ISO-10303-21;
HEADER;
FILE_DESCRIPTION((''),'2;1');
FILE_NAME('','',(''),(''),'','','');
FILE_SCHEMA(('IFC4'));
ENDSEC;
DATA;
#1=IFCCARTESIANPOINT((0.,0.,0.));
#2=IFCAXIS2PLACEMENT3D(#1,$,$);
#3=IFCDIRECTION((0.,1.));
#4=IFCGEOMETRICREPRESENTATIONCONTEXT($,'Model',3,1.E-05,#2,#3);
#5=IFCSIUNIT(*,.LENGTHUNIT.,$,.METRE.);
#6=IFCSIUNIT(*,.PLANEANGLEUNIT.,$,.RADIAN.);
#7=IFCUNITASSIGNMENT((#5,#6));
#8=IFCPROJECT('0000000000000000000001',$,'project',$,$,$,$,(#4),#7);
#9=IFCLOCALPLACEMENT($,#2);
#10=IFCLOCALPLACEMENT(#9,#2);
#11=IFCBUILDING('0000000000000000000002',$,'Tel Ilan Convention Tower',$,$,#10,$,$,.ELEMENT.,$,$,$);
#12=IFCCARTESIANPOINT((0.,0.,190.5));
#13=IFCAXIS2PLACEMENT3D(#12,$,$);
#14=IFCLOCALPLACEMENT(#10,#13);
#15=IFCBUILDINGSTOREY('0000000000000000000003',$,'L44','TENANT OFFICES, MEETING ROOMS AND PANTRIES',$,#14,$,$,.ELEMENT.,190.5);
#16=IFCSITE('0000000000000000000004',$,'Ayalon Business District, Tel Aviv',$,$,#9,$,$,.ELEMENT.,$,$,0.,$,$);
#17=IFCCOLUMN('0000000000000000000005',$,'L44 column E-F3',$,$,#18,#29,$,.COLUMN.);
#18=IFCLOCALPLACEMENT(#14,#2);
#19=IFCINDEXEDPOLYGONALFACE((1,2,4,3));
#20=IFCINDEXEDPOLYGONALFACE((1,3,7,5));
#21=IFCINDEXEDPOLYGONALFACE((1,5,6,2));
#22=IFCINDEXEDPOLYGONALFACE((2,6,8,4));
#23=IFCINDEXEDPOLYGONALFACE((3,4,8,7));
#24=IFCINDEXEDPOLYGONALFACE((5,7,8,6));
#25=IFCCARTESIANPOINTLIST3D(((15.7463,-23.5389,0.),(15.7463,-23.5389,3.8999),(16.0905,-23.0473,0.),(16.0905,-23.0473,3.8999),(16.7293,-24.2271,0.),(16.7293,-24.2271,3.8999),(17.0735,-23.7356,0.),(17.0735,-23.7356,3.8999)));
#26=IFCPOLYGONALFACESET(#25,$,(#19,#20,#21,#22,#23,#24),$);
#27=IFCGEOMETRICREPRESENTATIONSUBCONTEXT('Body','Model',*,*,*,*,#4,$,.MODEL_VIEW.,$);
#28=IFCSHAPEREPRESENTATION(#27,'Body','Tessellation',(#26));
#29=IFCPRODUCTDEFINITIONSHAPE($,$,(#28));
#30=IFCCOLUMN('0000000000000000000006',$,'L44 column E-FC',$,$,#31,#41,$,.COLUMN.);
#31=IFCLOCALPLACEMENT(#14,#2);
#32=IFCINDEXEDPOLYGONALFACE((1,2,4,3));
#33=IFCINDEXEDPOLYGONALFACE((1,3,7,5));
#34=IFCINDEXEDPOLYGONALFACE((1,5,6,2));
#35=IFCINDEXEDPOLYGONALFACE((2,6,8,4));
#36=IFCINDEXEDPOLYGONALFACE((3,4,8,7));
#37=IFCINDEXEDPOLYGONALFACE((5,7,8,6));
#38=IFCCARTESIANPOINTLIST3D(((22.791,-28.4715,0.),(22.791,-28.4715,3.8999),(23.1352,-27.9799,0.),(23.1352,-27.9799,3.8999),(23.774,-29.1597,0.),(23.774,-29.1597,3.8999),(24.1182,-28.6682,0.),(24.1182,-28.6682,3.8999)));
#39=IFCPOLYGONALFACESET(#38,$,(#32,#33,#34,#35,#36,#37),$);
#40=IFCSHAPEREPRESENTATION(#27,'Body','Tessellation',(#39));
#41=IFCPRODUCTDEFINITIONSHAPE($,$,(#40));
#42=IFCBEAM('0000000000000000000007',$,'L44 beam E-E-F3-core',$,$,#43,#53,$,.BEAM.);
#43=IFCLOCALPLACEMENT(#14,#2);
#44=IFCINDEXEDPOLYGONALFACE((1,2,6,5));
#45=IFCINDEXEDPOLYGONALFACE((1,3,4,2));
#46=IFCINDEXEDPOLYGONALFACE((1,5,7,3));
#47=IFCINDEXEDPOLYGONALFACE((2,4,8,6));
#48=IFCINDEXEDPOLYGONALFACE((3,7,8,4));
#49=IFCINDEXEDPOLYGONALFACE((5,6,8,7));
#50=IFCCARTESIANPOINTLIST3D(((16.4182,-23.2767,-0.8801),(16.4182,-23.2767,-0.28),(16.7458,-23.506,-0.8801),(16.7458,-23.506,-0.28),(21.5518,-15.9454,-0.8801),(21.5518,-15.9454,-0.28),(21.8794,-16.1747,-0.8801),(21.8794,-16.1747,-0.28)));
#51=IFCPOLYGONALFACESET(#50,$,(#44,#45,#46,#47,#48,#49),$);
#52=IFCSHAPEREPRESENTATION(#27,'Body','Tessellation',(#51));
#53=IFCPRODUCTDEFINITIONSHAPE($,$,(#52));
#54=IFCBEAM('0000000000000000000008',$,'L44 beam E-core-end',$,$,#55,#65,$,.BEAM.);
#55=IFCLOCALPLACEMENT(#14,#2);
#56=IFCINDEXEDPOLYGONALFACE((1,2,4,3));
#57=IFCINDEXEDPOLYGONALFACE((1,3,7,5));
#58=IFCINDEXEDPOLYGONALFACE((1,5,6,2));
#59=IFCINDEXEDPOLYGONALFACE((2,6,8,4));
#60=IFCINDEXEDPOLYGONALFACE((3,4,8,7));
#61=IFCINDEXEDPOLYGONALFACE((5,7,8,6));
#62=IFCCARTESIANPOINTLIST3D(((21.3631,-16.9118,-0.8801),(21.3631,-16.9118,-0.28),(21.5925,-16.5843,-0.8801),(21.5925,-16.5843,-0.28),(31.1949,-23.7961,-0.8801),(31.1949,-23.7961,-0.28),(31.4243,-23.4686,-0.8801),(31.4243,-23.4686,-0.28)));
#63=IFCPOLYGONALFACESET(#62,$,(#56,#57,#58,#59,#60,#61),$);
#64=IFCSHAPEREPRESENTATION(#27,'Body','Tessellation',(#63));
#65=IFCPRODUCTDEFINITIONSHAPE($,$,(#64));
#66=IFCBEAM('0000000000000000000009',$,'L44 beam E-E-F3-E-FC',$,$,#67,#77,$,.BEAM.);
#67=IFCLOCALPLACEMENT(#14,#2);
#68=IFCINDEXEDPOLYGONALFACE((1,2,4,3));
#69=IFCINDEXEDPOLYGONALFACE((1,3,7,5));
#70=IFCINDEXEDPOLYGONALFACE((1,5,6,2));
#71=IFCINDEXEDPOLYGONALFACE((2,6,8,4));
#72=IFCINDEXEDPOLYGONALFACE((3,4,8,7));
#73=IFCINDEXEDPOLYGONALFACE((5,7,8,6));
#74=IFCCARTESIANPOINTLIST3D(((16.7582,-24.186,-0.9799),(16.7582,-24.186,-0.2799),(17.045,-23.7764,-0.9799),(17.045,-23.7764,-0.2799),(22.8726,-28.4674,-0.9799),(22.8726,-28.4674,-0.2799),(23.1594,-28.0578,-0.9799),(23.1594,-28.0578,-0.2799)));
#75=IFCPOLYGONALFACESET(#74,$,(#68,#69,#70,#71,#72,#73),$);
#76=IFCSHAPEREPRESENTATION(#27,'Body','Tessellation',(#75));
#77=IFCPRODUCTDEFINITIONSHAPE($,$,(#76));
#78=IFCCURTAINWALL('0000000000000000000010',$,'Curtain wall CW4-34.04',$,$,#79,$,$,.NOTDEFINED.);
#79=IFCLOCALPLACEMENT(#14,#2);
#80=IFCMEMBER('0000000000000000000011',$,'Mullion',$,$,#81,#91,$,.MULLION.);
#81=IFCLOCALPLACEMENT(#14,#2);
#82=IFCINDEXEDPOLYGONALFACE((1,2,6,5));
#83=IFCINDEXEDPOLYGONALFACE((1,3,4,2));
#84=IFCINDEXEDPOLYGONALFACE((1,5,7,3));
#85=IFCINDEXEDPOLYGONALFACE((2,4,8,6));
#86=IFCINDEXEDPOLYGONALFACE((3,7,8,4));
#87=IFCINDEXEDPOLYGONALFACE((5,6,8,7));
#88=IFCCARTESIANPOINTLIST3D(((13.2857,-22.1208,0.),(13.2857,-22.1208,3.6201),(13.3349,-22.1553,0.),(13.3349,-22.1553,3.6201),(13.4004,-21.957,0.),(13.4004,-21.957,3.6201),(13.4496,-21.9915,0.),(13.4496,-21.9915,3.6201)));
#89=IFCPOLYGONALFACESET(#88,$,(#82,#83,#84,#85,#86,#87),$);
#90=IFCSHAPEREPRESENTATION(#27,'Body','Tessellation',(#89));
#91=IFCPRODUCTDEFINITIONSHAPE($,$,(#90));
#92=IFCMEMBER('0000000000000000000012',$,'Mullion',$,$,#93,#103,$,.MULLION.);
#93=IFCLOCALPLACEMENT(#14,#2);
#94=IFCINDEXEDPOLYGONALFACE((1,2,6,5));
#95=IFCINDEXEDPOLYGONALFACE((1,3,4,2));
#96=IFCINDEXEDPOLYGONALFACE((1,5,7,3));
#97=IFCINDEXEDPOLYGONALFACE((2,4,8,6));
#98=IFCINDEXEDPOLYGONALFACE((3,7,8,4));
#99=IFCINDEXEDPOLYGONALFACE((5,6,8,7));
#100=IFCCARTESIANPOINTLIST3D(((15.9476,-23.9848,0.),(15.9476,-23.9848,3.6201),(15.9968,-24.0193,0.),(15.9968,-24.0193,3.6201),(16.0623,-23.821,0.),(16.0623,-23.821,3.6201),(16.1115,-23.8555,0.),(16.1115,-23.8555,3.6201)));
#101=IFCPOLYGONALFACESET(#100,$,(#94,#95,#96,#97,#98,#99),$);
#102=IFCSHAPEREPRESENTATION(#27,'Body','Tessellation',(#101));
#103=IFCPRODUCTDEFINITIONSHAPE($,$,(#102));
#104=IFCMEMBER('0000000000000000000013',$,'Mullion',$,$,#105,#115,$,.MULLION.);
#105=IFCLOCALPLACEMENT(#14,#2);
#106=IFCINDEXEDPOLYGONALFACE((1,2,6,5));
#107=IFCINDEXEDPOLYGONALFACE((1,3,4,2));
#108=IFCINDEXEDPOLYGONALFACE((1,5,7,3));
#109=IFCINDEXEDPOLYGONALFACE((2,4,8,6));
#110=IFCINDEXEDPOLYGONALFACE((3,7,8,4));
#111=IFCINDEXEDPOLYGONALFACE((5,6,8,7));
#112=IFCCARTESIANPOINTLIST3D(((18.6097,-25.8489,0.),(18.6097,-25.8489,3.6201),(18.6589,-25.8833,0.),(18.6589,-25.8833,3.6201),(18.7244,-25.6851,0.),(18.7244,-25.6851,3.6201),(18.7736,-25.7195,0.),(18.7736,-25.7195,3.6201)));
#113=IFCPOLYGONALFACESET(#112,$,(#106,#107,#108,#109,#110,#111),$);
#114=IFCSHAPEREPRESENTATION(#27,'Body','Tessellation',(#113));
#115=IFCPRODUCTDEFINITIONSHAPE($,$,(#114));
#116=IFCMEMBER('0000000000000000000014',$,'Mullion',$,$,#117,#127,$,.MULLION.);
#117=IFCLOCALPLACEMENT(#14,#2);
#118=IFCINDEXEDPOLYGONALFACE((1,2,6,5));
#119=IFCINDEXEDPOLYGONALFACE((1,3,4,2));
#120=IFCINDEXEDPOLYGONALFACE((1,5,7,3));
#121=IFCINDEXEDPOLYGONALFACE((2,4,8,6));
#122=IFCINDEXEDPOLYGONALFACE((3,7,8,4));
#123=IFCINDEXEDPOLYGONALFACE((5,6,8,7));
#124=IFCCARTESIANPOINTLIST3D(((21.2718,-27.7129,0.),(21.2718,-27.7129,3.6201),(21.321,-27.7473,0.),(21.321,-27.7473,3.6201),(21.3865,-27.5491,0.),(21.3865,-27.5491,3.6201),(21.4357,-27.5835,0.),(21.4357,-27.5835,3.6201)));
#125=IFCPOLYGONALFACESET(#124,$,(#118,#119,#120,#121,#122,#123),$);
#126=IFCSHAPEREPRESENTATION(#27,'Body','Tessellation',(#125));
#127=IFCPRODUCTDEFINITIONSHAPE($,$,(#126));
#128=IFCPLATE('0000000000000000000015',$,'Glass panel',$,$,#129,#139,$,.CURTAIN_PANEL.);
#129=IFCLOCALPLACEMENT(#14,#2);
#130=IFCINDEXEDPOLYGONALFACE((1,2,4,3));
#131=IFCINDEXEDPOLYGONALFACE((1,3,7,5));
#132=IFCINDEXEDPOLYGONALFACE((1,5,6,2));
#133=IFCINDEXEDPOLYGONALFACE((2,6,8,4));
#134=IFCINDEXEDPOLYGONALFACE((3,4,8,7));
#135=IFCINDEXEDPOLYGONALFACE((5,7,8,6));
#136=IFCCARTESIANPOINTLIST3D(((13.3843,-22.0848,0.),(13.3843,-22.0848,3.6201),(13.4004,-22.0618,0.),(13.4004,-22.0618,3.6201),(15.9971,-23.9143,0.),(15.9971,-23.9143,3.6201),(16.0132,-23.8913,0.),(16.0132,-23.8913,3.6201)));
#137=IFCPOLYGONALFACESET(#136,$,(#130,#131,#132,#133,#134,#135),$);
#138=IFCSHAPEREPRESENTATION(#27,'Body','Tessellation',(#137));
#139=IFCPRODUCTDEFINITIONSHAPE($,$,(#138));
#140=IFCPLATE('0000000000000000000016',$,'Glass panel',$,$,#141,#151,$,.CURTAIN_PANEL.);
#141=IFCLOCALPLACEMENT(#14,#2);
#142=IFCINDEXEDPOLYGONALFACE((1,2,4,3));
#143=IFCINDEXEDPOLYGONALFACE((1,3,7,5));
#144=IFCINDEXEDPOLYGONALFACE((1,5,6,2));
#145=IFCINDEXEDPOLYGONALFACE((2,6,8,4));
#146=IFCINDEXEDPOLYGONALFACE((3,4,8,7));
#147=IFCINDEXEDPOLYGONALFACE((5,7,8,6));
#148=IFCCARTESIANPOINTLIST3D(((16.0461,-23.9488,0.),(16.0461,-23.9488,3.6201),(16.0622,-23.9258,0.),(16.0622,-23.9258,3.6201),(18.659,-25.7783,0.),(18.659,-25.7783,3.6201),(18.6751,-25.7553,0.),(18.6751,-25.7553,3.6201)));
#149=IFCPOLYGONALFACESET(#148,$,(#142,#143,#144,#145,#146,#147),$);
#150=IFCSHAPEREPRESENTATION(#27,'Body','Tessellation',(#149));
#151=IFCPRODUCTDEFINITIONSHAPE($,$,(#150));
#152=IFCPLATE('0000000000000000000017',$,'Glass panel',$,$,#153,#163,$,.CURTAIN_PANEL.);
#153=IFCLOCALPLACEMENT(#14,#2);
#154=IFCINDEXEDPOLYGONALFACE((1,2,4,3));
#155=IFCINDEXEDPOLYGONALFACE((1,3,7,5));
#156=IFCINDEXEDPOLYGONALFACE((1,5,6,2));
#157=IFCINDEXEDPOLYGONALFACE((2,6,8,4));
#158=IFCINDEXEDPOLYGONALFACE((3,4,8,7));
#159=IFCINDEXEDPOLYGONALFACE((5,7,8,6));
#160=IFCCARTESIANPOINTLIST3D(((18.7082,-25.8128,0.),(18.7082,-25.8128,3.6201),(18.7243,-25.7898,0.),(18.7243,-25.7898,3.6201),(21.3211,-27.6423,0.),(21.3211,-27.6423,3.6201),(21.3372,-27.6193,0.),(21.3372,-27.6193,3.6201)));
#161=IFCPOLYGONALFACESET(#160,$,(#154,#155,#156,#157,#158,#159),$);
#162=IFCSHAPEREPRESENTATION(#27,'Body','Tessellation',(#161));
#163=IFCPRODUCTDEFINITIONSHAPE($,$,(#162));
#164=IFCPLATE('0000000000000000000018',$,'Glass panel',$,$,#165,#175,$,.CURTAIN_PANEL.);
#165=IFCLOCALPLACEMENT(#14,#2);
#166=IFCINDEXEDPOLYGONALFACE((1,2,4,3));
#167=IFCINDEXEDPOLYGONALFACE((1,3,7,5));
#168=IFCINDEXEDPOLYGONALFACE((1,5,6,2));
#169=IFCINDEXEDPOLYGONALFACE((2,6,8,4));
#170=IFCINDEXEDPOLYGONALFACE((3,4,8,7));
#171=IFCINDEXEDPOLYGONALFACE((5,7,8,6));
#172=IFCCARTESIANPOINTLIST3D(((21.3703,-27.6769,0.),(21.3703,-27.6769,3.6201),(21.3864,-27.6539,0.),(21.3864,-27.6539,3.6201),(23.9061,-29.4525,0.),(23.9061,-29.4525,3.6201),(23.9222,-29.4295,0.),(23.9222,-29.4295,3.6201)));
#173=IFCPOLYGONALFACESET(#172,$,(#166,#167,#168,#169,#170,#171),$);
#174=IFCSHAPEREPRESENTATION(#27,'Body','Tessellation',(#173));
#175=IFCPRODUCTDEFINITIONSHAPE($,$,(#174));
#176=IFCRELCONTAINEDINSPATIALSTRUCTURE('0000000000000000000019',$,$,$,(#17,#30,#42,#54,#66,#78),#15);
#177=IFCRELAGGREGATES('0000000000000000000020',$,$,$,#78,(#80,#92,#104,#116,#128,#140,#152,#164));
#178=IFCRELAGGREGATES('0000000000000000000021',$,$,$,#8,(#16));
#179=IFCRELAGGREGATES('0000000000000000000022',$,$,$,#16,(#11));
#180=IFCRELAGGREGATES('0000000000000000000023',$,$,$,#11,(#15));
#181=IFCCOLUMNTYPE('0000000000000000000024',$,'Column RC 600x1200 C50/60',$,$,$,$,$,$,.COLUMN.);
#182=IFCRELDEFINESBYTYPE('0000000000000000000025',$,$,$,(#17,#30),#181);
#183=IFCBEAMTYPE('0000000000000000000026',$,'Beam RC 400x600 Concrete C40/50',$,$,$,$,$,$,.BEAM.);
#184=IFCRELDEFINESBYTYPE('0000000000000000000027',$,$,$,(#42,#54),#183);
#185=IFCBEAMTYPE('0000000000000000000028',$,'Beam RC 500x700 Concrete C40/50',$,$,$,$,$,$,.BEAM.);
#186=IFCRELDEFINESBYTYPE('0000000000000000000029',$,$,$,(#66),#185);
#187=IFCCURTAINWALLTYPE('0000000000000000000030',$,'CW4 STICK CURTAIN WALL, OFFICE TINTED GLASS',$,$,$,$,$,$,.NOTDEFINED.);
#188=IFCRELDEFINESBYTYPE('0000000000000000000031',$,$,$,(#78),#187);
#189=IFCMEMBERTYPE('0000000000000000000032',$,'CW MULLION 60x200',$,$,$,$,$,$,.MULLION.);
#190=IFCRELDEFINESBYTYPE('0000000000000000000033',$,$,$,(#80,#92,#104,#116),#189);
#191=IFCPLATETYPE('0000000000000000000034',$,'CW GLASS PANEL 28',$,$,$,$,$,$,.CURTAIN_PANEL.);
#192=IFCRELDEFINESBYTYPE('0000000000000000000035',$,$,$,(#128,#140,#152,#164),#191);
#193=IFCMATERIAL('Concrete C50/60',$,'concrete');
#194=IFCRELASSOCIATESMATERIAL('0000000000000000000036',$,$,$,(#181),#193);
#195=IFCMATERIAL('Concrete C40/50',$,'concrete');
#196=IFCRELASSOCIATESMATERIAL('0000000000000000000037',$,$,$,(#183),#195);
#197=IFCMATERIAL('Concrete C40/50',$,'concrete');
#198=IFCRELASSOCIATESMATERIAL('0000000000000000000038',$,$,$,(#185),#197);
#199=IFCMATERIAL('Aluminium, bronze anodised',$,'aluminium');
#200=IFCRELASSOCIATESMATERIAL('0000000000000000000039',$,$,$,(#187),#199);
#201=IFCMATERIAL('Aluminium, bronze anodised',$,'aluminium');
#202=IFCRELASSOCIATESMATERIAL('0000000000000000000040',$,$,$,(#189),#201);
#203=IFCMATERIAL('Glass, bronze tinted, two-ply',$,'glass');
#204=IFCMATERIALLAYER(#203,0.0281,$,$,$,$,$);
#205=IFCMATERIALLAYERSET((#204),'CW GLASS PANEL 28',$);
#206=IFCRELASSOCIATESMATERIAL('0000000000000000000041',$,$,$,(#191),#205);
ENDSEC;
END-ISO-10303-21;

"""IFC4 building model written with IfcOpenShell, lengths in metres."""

from ifc_helpers import new_model, si_unit, direction, frame, origin, origin_2d, place, context, subcontext, project, spatial, rectangle, extrude, material, layer, layer_set, material_profile, profile_set, type_object, element, aggregate, save


model = new_model("IFC4")

# Units and contexts
model_context = context("Model", 3, precision=1e-05, world=origin(), true_north=direction((0.0, 1.0)))
body_context = subcontext(model_context, "Body", "Model", "MODEL_VIEW")
ifc_project = project(units=[si_unit("LENGTHUNIT", "METRE"), si_unit("PLANEANGLEUNIT", "RADIAN")], contexts=[model_context])

# Site, building, storey
site_placement = place(None, origin())
site = spatial("IfcSite", under=ifc_project, at=site_placement, Name="Ayalon Business District, Tel Aviv", CompositionType="ELEMENT", RefElevation=0.0)
building_placement = place(site_placement, origin())
building = spatial("IfcBuilding", under=site, at=building_placement, Name="Tel Ilan Convention Tower", CompositionType="ELEMENT")
storey_placement = place(building_placement, frame((0.0, 0.0, 190.5)))
storey = spatial("IfcBuildingStorey", under=building, at=storey_placement, Name="L44", Description="TENANT OFFICES, MEETING ROOMS AND PANTRIES", CompositionType="ELEMENT", Elevation=190.5)

# Columns
ifc_material_1 = material(Name="Concrete C50/60", Category="concrete")
ifc_material_profile_1 = material_profile(ifc_material_1, rectangle(XDim=1.2, YDim=0.6001, at=origin_2d()), Name="RC 600x1200")
ifc_profile_set_1 = profile_set([ifc_material_profile_1], Name="Concrete C50/60")
column_type = type_object("IfcColumnType", Name="Column RC 600x1200 C50/60", PredefinedType="COLUMN", material=ifc_profile_set_1)
for number, where, z_axis, x_axis, name in (
    (1, (16.4099, -23.6372, 0.0), (0.0, 0.0, 1.0), (0.819152, -0.573576, 0.0), "L44 column E-F3"),
    (2, (23.4546, -28.5698, 0.0), (0.0, 0.0, 1.0), (0.819152, -0.573576, 0.0), "L44 column E-FC"),
):
    element("IfcColumn", number, at=place(storey_placement, frame(where, z_axis=z_axis, x_axis=x_axis)), inside=storey, type_object=column_type, Name=name, PredefinedType="COLUMN", context=body_context, shape_type="SweptSolid", body=[
        extrude(rectangle(XDim=1.2, YDim=0.6001, at=origin_2d()), origin(), (0.0, 0.0, 1.0), 3.8999),
    ])

# Beams
ifc_material_2 = material(Name="Concrete C40/50", Category="concrete")
ifc_material_profile_2 = material_profile(ifc_material_2, rectangle(XDim=0.3999, YDim=0.6001, at=origin_2d()), Name="RC 400x600")
ifc_profile_set_2 = profile_set([ifc_material_profile_2], Name="Concrete C40/50")
beam_type_1 = type_object("IfcBeamType", Name="Beam RC 400x600 Concrete C40/50", PredefinedType="BEAM", material=ifc_profile_set_2)
beam_1_placement = place(storey_placement, frame((16.582, -23.3914, -0.5801), z_axis=(0.573585, 0.819146, 0.0), x_axis=(-0.819146, 0.573585, 0.0)))
element("IfcBeam", 3, at=beam_1_placement, inside=storey, type_object=beam_type_1, Name="L44 beam E-E-F3-core", PredefinedType="BEAM", context=body_context, shape_type="SweptSolid", body=[
    extrude(rectangle(XDim=0.3999, YDim=0.6001, at=origin_2d()), origin(), (0.0, 0.0, 1.0), 8.95),
])
beam_2_placement = place(storey_placement, frame((21.4778, -16.748, -0.5801), z_axis=(0.819153, -0.573576, 0.0), x_axis=(0.573576, 0.819153, 0.0)))
element("IfcBeam", 4, at=beam_2_placement, inside=storey, type_object=beam_type_1, Name="L44 beam E-core-end", PredefinedType="BEAM", context=body_context, shape_type="SweptSolid", body=[
    extrude(rectangle(XDim=0.3999, YDim=0.6001, at=origin_2d()), origin(), (0.0, 0.0, 1.0), 12.0024),
])
ifc_material_3 = material(Name="Concrete C40/50", Category="concrete")
ifc_material_profile_3 = material_profile(ifc_material_3, rectangle(XDim=0.5, YDim=0.7, at=origin_2d()), Name="RC 500x700")
ifc_profile_set_3 = profile_set([ifc_material_profile_3], Name="Concrete C40/50")
beam_type_2 = type_object("IfcBeamType", Name="Beam RC 500x700 Concrete C40/50", PredefinedType="BEAM", material=ifc_profile_set_3)
beam_3_placement = place(storey_placement, frame((16.9016, -23.9812, -0.6299), z_axis=(0.819147, -0.573583, 0.0), x_axis=(0.573583, 0.819147, 0.0)))
element("IfcBeam", 5, at=beam_3_placement, inside=storey, type_object=beam_type_2, Name="L44 beam E-E-F3-E-FC", PredefinedType="BEAM", context=body_context, shape_type="SweptSolid", body=[
    extrude(rectangle(XDim=0.5, YDim=0.7, at=origin_2d()), origin(), (0.0, 0.0, 1.0), 7.4644),
])

# Curtain wall, members, plates
ifc_material_4 = material(Name="Aluminium, bronze anodised", Category="aluminium")
curtain_wall_type = type_object("IfcCurtainWallType", Name="CW4 STICK CURTAIN WALL, OFFICE TINTED GLASS", PredefinedType="NOTDEFINED", material=ifc_material_4)
curtain_wall_placement = place(storey_placement, origin())
curtain_wall = element("IfcCurtainWall", 6, at=curtain_wall_placement, inside=storey, type_object=curtain_wall_type, Name="Curtain wall CW4-34.04", PredefinedType="NOTDEFINED")
ifc_material_5 = material(Name="Aluminium, bronze anodised", Category="aluminium")
ifc_material_profile_4 = material_profile(ifc_material_5, rectangle(XDim=0.0601, YDim=0.2, at=origin_2d()), Name="CW MULLION 60x200")
ifc_profile_set_4 = profile_set([ifc_material_profile_4], Name="Aluminium, bronze anodised")
member_type = type_object("IfcMemberType", Name="CW MULLION 60x200", PredefinedType="MULLION", material=ifc_profile_set_4)
member_1_placement = place(storey_placement, frame((13.3677, -22.0562, 0.0), z_axis=(0.0, 0.0, 1.0), x_axis=(0.819152, -0.573576, 0.0)))
member_1 = element("IfcMember", 7, at=member_1_placement, type_object=member_type, Name="Mullion", PredefinedType="MULLION", context=body_context, shape_type="SweptSolid", body=[
    extrude(rectangle(XDim=0.0601, YDim=0.2, at=origin_2d()), origin(), (0.0, 0.0, 1.0), 3.6201),
])
member_2_placement = place(storey_placement, frame((16.0295, -23.9202, 0.0), z_axis=(0.0, 0.0, 1.0), x_axis=(0.819152, -0.573576, 0.0)))
member_2 = element("IfcMember", 8, at=member_2_placement, type_object=member_type, Name="Mullion", PredefinedType="MULLION", context=body_context, shape_type="SweptSolid", body=[
    extrude(rectangle(XDim=0.0601, YDim=0.2, at=origin_2d()), origin(), (0.0, 0.0, 1.0), 3.6201),
])
member_3_placement = place(storey_placement, frame((18.6917, -25.7842, 0.0), z_axis=(0.0, 0.0, 1.0), x_axis=(0.819152, -0.573576, 0.0)))
member_3 = element("IfcMember", 9, at=member_3_placement, type_object=member_type, Name="Mullion", PredefinedType="MULLION", context=body_context, shape_type="SweptSolid", body=[
    extrude(rectangle(XDim=0.0601, YDim=0.2, at=origin_2d()), origin(), (0.0, 0.0, 1.0), 3.6201),
])
member_4_placement = place(storey_placement, frame((21.3538, -27.6482, 0.0), z_axis=(0.0, 0.0, 1.0), x_axis=(0.819152, -0.573576, 0.0)))
member_4 = element("IfcMember", 10, at=member_4_placement, type_object=member_type, Name="Mullion", PredefinedType="MULLION", context=body_context, shape_type="SweptSolid", body=[
    extrude(rectangle(XDim=0.0601, YDim=0.2, at=origin_2d()), origin(), (0.0, 0.0, 1.0), 3.6201),
])
ifc_material_6 = material(Name="Glass, bronze tinted, two-ply", Category="glass")
ifc_layer_1 = layer(ifc_material_6, 0.0281)
ifc_layer_set_1 = layer_set([ifc_layer_1], Name="CW GLASS PANEL 28")
plate_type = type_object("IfcPlateType", Name="CW GLASS PANEL 28", PredefinedType="CURTAIN_PANEL", material=ifc_layer_set_1)
plate_1_placement = place(storey_placement, frame((14.6987, -22.988, 0.0), z_axis=(0.0, 0.0, 1.0), x_axis=(0.819152, -0.573576, 0.0)))
plate_1 = element("IfcPlate", 11, at=plate_1_placement, type_object=plate_type, Name="Glass panel", PredefinedType="CURTAIN_PANEL", context=body_context, shape_type="SweptSolid", body=[
    extrude(rectangle(XDim=3.1897, YDim=0.0281, at=origin_2d()), origin(), (0.0, 0.0, 1.0), 3.6201),
])
plate_2_placement = place(storey_placement, frame((17.3606, -24.8521, 0.0), z_axis=(0.0, 0.0, 1.0), x_axis=(0.819152, -0.573576, 0.0)))
plate_2 = element("IfcPlate", 12, at=plate_2_placement, type_object=plate_type, Name="Glass panel", PredefinedType="CURTAIN_PANEL", context=body_context, shape_type="SweptSolid", body=[
    extrude(rectangle(XDim=3.1897, YDim=0.0281, at=origin_2d()), origin(), (0.0, 0.0, 1.0), 3.6201),
])
plate_3_placement = place(storey_placement, frame((20.0227, -26.7161, 0.0), z_axis=(0.0, 0.0, 1.0), x_axis=(0.819152, -0.573576, 0.0)))
plate_3 = element("IfcPlate", 13, at=plate_3_placement, type_object=plate_type, Name="Glass panel", PredefinedType="CURTAIN_PANEL", context=body_context, shape_type="SweptSolid", body=[
    extrude(rectangle(XDim=3.1897, YDim=0.0281, at=origin_2d()), origin(), (0.0, 0.0, 1.0), 3.6201),
])
plate_4_placement = place(storey_placement, frame((22.6462, -28.5532, 0.0), z_axis=(0.0, 0.0, 1.0), x_axis=(0.819152, -0.573576, 0.0)))
plate_4 = element("IfcPlate", 14, at=plate_4_placement, type_object=plate_type, Name="Glass panel", PredefinedType="CURTAIN_PANEL", context=body_context, shape_type="SweptSolid", body=[
    extrude(rectangle(XDim=3.0957, YDim=0.0281, at=origin_2d()), origin(), (0.0, 0.0, 1.0), 3.6201),
])
aggregate(curtain_wall, [member_1, member_2, member_3, member_4, plate_1, plate_2, plate_3, plate_4])

save(model, "model.ifc")
